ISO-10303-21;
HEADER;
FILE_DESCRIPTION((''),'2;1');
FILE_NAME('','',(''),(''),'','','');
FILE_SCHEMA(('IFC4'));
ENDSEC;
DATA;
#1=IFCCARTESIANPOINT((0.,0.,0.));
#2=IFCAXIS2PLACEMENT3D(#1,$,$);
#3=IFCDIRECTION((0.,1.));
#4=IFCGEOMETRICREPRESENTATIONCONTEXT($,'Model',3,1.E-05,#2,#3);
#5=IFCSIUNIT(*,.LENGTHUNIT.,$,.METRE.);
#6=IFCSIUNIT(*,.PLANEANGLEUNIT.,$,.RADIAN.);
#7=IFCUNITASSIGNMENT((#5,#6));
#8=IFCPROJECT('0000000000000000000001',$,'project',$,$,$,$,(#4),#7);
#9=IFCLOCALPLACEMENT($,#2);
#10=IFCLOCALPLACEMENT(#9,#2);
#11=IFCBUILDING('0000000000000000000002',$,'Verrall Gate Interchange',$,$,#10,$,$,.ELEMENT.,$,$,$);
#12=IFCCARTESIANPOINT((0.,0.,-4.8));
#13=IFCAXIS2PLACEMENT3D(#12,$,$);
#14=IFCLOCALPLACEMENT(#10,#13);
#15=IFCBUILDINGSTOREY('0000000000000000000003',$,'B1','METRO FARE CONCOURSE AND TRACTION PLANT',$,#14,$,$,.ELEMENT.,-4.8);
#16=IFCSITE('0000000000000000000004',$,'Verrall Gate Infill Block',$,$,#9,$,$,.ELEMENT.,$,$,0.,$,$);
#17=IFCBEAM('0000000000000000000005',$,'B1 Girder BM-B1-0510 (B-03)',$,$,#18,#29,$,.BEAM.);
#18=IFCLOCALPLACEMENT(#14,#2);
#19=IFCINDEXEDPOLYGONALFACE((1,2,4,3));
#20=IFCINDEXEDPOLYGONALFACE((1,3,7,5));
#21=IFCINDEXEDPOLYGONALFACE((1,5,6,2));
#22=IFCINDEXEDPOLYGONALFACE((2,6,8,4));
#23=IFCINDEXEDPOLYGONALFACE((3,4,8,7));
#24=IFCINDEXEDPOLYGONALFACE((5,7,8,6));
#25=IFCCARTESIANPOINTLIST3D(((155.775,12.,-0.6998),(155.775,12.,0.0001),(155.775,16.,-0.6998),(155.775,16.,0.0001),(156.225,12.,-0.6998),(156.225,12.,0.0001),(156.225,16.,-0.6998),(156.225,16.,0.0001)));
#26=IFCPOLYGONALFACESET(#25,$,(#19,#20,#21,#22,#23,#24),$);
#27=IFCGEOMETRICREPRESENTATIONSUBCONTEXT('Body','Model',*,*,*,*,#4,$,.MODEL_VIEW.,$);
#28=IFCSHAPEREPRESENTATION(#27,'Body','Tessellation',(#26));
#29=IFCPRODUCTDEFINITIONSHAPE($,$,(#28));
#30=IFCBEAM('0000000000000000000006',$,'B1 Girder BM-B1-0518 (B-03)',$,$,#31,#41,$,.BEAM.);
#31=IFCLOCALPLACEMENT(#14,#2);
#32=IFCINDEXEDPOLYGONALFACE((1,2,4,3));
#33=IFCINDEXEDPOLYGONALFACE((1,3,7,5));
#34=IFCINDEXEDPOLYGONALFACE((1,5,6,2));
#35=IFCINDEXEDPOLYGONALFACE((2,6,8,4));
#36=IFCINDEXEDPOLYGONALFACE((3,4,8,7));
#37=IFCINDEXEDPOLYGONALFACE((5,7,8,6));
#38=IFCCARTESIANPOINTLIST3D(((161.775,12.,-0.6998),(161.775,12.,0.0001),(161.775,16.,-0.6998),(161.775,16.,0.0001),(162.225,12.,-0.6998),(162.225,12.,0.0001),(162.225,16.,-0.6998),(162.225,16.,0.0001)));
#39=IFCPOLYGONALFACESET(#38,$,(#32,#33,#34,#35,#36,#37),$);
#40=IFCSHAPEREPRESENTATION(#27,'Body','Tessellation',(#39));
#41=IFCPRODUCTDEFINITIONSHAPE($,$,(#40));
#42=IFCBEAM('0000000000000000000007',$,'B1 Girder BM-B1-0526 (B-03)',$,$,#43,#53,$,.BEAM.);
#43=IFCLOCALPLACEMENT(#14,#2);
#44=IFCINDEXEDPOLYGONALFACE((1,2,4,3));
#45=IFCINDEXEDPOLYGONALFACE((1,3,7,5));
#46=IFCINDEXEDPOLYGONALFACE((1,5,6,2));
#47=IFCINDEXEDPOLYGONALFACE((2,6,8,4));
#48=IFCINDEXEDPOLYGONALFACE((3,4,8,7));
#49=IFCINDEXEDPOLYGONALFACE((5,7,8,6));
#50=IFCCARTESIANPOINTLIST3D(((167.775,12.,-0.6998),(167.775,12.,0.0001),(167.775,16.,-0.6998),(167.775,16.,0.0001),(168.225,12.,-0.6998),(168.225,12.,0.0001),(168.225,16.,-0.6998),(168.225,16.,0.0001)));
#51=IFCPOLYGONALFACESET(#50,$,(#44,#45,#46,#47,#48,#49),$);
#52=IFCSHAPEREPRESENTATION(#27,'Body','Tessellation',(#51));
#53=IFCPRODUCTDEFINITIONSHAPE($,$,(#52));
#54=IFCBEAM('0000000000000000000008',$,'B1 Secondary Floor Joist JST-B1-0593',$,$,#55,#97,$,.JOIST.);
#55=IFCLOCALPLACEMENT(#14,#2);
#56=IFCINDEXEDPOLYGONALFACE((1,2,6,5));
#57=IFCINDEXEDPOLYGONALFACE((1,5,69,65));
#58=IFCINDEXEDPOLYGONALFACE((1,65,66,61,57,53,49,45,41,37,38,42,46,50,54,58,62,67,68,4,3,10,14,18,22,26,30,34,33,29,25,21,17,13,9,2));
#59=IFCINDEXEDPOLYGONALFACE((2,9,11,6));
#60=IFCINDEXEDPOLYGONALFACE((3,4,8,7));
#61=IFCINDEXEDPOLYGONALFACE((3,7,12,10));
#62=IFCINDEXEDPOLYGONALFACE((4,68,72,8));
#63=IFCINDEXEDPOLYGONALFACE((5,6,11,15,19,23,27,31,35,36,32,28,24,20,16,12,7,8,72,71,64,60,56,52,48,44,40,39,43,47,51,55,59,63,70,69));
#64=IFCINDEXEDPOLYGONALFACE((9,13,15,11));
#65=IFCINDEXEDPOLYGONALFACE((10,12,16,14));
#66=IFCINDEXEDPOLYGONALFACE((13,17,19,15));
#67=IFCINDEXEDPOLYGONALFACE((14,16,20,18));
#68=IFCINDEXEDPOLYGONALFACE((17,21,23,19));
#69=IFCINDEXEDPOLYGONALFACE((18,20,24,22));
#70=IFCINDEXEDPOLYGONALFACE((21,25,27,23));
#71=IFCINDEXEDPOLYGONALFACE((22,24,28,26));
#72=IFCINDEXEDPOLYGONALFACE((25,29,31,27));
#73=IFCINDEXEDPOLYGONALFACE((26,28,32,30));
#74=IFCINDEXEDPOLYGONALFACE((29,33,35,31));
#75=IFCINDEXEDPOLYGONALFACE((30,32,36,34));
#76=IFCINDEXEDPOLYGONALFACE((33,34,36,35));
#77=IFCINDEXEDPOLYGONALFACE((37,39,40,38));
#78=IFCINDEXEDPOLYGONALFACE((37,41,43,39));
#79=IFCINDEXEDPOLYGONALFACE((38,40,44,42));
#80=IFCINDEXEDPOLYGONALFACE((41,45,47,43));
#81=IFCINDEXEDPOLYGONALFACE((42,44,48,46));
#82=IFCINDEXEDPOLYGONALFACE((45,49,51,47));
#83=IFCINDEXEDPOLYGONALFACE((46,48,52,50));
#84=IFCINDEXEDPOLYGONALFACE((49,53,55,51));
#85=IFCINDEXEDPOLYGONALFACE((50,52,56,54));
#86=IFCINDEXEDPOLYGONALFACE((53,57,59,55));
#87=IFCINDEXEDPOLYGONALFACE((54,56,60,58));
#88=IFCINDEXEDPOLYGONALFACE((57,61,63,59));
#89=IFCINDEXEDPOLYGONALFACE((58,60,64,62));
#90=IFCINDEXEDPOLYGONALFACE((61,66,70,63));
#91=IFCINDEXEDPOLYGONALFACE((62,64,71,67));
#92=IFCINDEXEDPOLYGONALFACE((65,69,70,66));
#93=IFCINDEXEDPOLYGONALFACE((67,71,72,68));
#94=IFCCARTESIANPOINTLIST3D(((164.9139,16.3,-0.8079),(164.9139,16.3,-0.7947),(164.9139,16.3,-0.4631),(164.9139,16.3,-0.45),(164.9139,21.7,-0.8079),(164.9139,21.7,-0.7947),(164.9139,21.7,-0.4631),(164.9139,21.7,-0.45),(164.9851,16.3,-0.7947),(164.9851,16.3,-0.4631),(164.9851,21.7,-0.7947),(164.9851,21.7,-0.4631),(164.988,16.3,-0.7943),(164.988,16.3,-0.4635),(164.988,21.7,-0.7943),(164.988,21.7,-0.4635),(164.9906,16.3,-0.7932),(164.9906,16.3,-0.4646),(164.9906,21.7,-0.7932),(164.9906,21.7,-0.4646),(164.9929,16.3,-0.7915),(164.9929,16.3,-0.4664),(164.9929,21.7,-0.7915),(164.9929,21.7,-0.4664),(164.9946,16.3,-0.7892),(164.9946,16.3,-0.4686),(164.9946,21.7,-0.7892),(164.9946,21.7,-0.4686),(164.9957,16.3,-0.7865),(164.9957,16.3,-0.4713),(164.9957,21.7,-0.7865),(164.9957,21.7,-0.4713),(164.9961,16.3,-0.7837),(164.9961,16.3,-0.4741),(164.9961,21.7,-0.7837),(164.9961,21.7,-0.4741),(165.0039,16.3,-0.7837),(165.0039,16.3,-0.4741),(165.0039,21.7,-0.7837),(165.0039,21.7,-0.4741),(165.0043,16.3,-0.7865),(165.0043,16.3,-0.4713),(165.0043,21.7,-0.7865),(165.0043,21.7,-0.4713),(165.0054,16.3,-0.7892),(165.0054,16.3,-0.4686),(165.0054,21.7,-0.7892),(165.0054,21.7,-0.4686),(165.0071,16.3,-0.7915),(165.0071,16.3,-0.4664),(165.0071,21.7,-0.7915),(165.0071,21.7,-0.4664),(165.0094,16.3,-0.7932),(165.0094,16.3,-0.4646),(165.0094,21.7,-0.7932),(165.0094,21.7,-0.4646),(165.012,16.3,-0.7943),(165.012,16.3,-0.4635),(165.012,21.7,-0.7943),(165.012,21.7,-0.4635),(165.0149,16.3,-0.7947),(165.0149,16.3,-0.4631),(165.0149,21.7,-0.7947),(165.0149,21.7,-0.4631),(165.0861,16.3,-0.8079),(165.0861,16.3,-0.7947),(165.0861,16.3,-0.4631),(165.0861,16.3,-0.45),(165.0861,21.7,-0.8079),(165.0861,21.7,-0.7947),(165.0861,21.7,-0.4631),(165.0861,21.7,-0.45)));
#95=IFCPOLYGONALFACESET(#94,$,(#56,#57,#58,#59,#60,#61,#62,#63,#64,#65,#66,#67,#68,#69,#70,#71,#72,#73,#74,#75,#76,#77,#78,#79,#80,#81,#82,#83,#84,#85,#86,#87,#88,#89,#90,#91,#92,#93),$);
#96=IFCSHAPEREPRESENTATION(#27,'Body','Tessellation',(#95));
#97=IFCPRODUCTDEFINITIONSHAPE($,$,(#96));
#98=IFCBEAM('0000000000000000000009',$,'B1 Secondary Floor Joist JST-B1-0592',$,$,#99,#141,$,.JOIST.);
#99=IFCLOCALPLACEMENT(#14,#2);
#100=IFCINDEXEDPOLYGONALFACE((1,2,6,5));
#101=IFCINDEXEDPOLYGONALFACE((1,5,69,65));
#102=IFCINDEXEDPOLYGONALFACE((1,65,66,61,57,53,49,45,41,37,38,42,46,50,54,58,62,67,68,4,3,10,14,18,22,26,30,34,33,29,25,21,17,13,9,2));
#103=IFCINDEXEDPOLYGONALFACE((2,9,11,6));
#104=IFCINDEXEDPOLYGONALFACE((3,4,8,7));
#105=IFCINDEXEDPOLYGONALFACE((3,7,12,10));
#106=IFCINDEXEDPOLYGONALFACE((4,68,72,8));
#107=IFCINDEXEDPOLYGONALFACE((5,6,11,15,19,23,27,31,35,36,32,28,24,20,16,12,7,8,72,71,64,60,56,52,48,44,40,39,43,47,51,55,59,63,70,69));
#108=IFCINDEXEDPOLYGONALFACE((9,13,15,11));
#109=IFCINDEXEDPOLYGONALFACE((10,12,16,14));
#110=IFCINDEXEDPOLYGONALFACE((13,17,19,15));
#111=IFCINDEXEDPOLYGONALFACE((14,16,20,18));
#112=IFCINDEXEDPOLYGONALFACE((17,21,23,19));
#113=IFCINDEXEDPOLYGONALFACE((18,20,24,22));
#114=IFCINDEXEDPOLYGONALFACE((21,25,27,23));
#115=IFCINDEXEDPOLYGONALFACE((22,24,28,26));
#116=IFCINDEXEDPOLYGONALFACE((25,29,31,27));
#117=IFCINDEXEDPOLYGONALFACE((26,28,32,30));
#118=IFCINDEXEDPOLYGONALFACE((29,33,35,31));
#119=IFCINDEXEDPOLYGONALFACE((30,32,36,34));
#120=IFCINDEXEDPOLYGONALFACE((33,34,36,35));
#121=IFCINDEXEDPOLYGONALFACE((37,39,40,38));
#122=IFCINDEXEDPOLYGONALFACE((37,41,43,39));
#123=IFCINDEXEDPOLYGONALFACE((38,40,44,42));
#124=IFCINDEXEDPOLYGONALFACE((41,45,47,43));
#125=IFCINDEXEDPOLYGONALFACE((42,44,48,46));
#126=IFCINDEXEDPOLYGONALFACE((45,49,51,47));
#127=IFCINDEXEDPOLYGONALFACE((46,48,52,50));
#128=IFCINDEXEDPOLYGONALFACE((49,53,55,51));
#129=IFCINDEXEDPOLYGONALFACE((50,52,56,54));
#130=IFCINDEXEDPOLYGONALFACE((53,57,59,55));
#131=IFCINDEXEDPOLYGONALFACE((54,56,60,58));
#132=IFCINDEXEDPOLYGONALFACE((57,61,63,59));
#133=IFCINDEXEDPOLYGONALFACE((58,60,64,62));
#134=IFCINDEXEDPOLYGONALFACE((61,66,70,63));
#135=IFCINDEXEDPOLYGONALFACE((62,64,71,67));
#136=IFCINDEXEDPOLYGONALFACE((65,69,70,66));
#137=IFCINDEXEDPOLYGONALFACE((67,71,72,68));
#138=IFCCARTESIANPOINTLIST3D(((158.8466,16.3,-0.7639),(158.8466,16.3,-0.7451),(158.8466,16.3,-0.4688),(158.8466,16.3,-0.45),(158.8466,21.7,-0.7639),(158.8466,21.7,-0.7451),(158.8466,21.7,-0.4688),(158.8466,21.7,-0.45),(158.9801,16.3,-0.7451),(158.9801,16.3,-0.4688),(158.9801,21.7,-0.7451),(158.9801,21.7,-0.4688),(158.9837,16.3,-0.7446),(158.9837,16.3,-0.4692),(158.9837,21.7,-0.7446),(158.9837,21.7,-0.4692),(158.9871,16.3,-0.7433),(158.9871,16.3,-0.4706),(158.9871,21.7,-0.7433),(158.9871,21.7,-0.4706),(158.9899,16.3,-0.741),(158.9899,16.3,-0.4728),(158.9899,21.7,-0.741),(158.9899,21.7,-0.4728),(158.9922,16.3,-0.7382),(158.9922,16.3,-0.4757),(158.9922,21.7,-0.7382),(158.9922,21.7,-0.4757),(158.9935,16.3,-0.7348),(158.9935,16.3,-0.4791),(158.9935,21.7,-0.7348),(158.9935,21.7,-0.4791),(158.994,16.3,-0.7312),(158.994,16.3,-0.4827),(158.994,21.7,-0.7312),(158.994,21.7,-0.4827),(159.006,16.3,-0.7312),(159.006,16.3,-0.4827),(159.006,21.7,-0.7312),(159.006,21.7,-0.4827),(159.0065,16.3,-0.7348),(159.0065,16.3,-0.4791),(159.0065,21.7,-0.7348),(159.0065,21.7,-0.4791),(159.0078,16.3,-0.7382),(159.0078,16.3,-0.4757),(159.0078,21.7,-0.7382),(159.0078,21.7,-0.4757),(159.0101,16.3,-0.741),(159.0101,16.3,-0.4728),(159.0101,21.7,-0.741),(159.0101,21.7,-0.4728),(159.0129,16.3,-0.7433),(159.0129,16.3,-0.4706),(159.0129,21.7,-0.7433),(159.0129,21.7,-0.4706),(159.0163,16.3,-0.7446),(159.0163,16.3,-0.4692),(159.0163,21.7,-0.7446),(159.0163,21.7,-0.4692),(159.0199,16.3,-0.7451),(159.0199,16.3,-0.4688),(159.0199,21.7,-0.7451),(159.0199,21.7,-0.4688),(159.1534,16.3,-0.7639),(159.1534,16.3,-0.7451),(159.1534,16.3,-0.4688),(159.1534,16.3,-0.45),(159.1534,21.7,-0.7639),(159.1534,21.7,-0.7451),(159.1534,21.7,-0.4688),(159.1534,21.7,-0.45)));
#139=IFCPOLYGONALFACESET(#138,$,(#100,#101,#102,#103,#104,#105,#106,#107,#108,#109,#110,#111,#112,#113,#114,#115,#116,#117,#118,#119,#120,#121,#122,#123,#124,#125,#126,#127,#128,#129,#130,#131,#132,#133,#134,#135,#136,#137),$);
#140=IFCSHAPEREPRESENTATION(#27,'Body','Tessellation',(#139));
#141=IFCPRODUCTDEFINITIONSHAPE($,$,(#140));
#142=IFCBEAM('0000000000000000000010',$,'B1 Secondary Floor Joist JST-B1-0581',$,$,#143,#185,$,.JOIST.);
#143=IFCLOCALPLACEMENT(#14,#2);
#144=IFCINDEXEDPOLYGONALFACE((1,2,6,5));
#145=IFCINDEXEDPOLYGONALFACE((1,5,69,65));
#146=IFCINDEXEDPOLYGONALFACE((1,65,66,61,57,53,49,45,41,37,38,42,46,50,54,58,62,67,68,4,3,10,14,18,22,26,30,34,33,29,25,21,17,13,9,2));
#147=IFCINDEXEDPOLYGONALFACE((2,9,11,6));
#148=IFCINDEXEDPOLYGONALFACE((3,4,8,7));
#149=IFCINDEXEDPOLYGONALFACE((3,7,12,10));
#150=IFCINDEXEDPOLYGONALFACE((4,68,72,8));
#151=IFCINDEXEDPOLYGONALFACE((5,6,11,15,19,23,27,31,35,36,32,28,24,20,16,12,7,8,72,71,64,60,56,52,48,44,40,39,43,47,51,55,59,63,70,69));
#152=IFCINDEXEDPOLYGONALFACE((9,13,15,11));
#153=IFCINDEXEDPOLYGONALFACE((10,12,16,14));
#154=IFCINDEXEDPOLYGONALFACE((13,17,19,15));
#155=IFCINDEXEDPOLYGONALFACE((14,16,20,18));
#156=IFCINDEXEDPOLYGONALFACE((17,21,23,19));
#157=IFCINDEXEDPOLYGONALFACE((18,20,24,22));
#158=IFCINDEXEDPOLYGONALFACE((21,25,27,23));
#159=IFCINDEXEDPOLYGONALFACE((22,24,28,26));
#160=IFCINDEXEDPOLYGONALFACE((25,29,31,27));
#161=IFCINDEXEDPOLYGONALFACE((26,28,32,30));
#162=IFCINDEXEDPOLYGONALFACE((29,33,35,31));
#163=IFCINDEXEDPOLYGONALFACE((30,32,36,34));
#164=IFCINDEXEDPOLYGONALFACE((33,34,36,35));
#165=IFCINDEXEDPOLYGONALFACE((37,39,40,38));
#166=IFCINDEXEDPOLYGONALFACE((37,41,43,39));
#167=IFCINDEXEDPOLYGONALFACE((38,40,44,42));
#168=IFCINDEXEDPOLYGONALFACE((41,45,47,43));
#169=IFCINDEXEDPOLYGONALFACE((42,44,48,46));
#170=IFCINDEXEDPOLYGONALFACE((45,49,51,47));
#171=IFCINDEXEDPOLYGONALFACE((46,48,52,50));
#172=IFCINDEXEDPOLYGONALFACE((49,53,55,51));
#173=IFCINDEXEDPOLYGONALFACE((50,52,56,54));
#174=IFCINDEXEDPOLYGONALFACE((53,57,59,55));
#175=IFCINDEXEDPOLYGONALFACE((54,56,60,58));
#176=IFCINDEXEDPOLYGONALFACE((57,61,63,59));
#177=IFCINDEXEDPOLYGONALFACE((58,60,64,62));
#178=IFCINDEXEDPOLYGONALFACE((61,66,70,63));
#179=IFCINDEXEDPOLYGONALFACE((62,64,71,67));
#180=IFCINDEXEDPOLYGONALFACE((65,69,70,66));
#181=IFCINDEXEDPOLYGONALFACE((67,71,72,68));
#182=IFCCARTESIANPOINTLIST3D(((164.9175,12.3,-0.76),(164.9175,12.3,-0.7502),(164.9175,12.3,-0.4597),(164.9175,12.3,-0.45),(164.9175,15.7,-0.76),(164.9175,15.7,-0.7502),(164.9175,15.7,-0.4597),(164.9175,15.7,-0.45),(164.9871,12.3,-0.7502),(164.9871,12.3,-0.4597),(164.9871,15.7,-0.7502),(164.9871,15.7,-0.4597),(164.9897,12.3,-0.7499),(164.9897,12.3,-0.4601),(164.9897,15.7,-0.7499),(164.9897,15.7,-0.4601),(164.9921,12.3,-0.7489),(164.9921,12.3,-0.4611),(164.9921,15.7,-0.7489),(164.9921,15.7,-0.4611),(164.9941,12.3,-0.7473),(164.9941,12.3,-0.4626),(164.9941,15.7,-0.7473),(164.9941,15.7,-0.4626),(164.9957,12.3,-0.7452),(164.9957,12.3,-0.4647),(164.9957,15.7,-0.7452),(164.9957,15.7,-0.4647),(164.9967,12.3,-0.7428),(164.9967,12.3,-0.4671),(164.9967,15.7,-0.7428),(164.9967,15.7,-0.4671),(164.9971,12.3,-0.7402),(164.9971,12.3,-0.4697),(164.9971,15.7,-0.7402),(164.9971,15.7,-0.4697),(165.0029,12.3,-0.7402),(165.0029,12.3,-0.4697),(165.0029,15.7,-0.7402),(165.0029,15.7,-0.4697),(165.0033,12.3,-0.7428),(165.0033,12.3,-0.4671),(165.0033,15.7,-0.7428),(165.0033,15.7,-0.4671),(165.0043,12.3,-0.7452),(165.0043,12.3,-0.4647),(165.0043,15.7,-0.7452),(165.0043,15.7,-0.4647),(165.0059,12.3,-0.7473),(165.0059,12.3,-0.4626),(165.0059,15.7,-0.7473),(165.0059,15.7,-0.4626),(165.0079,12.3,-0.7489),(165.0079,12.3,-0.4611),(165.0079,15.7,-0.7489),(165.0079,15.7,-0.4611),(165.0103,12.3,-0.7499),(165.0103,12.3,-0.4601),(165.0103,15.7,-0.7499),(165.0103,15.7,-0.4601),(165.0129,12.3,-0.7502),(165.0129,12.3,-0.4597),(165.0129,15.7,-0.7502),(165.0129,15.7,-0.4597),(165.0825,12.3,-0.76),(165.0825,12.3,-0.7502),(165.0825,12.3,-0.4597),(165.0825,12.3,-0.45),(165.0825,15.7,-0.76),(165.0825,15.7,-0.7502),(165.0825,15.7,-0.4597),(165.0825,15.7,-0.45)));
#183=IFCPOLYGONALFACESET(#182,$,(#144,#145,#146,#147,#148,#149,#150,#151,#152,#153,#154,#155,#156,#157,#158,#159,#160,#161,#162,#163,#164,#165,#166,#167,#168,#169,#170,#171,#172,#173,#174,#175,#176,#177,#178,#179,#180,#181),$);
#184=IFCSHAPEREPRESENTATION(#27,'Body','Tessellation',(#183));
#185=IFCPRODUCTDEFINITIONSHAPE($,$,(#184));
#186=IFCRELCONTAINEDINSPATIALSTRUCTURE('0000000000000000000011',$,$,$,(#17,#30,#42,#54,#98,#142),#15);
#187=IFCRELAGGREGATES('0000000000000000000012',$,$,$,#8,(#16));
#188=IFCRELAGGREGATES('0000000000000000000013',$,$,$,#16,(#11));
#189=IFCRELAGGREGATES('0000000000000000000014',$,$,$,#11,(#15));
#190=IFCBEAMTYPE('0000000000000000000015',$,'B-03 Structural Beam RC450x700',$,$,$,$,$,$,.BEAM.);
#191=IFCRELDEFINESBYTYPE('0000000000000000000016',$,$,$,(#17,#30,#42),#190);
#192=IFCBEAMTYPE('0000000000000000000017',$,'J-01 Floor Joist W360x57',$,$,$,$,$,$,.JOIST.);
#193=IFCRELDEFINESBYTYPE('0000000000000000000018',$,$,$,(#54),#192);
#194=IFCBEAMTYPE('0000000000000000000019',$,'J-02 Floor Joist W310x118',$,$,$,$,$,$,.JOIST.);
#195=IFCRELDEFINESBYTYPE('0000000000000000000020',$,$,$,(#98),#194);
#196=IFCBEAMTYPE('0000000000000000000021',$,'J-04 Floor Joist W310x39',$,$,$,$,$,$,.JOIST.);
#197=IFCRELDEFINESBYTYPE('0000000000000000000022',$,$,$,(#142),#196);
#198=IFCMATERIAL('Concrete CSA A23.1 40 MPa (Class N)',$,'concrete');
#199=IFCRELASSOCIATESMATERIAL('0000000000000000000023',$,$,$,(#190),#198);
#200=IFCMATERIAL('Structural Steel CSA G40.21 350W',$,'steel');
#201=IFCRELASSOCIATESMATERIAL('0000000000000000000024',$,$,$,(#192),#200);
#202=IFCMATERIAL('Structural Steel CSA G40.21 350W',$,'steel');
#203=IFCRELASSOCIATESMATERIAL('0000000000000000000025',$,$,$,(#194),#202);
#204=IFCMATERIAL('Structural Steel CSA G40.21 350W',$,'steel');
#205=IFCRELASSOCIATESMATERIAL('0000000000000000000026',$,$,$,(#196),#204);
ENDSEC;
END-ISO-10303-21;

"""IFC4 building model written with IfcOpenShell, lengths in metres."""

from ifc_helpers import new_model, si_unit, direction, frame, origin, origin_2d, place, context, subcontext, project, spatial, rectangle, i_section, extrude, material, material_profile, profile_set, type_object, element, save


model = new_model("IFC4")

# Units and contexts
model_context = context("Model", 3, precision=1e-05, world=origin(), true_north=direction((0.0, 1.0)))
body_context = subcontext(model_context, "Body", "Model", "MODEL_VIEW")
ifc_project = project(units=[si_unit("LENGTHUNIT", "METRE"), si_unit("PLANEANGLEUNIT", "RADIAN")], contexts=[model_context])

# Site, building, storey
site_placement = place(None, origin())
site = spatial("IfcSite", under=ifc_project, at=site_placement, Name="Verrall Gate Infill Block", CompositionType="ELEMENT", RefElevation=0.0)
building_placement = place(site_placement, origin())
building = spatial("IfcBuilding", under=site, at=building_placement, Name="Verrall Gate Interchange", CompositionType="ELEMENT")
storey_placement = place(building_placement, frame((0.0, 0.0, -4.8)))
storey = spatial("IfcBuildingStorey", under=building, at=storey_placement, Name="B1", Description="METRO FARE CONCOURSE AND TRACTION PLANT", CompositionType="ELEMENT", Elevation=-4.8)

# Beams
ifc_material_1 = material(Name="Concrete CSA A23.1 40 MPa (Class N)", Category="concrete")
ifc_material_profile_1 = material_profile(ifc_material_1, rectangle(XDim=0.45, YDim=0.7, at=origin_2d()), Name="RC450x700")
ifc_profile_set_1 = profile_set([ifc_material_profile_1], Name="Concrete CSA A23.1 40 MPa (Class N)")
beam_type_1 = type_object("IfcBeamType", Name="B-03 Structural Beam RC450x700", PredefinedType="BEAM", material=ifc_profile_set_1)
for number, where, z_axis, x_axis, name in (
    (1, (156.0, 12.0, -0.3499), (0.0, 1.0, 0.0), (-1.0, 0.0, 0.0), "B1 Girder BM-B1-0510 (B-03)"),
    (2, (162.0, 12.0, -0.3499), (0.0, 1.0, 0.0), (-1.0, 0.0, 0.0), "B1 Girder BM-B1-0518 (B-03)"),
    (3, (168.0, 12.0, -0.3499), (0.0, 1.0, 0.0), (-1.0, 0.0, 0.0), "B1 Girder BM-B1-0526 (B-03)"),
):
    element("IfcBeam", number, at=place(storey_placement, frame(where, z_axis=z_axis, x_axis=x_axis)), inside=storey, type_object=beam_type_1, Name=name, PredefinedType="BEAM", context=body_context, shape_type="SweptSolid", body=[
        extrude(rectangle(XDim=0.45, YDim=0.7, at=origin_2d()), origin(), (0.0, 0.0, 1.0), 4.0),
    ])
ifc_material_2 = material(Name="Structural Steel CSA G40.21 350W", Category="steel")
ifc_material_profile_2 = material_profile(ifc_material_2, i_section(OverallWidth=0.1721, OverallDepth=0.3579, WebThickness=0.0078, FlangeThickness=0.0132, FilletRadius=0.011, at=origin_2d()), Name="W360x57")
ifc_profile_set_2 = profile_set([ifc_material_profile_2], Name="Structural Steel CSA G40.21 350W")
beam_type_2 = type_object("IfcBeamType", Name="J-01 Floor Joist W360x57", PredefinedType="JOIST", material=ifc_profile_set_2)
beam_1_placement = place(storey_placement, frame((165.0, 16.3, -0.6289), z_axis=(0.0, 1.0, 0.0), x_axis=(-1.0, 0.0, 0.0)))
element("IfcBeam", 4, at=beam_1_placement, inside=storey, type_object=beam_type_2, Name="B1 Secondary Floor Joist JST-B1-0593", PredefinedType="JOIST", context=body_context, shape_type="SweptSolid", body=[
    extrude(i_section(OverallWidth=0.1721, OverallDepth=0.3579, WebThickness=0.0078, FlangeThickness=0.0132, FilletRadius=0.011, at=origin_2d()), origin(), (0.0, 0.0, 1.0), 5.3999),
])
ifc_material_3 = material(Name="Structural Steel CSA G40.21 350W", Category="steel")
ifc_material_profile_3 = material_profile(ifc_material_3, i_section(OverallWidth=0.3069, OverallDepth=0.314, WebThickness=0.012, FlangeThickness=0.0188, FilletRadius=0.0139, at=origin_2d()), Name="W310x118")
ifc_profile_set_3 = profile_set([ifc_material_profile_3], Name="Structural Steel CSA G40.21 350W")
beam_type_3 = type_object("IfcBeamType", Name="J-02 Floor Joist W310x118", PredefinedType="JOIST", material=ifc_profile_set_3)
beam_2_placement = place(storey_placement, frame((159.0, 16.3, -0.6069), z_axis=(0.0, 1.0, 0.0), x_axis=(-1.0, 0.0, 0.0)))
element("IfcBeam", 5, at=beam_2_placement, inside=storey, type_object=beam_type_3, Name="B1 Secondary Floor Joist JST-B1-0592", PredefinedType="JOIST", context=body_context, shape_type="SweptSolid", body=[
    extrude(i_section(OverallWidth=0.3069, OverallDepth=0.314, WebThickness=0.012, FlangeThickness=0.0188, FilletRadius=0.0139, at=origin_2d()), origin(), (0.0, 0.0, 1.0), 5.3999),
])
ifc_material_4 = material(Name="Structural Steel CSA G40.21 350W", Category="steel")
ifc_material_profile_4 = material_profile(ifc_material_4, i_section(OverallWidth=0.165, OverallDepth=0.3101, WebThickness=0.0059, FlangeThickness=0.0098, FilletRadius=0.01, at=origin_2d()), Name="W310x39")
ifc_profile_set_4 = profile_set([ifc_material_profile_4], Name="Structural Steel CSA G40.21 350W")
beam_type_4 = type_object("IfcBeamType", Name="J-04 Floor Joist W310x39", PredefinedType="JOIST", material=ifc_profile_set_4)
beam_3_placement = place(storey_placement, frame((165.0, 12.3, -0.605), z_axis=(0.0, 1.0, 0.0), x_axis=(-1.0, 0.0, 0.0)))
element("IfcBeam", 6, at=beam_3_placement, inside=storey, type_object=beam_type_4, Name="B1 Secondary Floor Joist JST-B1-0581", PredefinedType="JOIST", context=body_context, shape_type="SweptSolid", body=[
    extrude(i_section(OverallWidth=0.165, OverallDepth=0.3101, WebThickness=0.0059, FlangeThickness=0.0098, FilletRadius=0.01, at=origin_2d()), origin(), (0.0, 0.0, 1.0), 3.3999),
])

save(model, "model.ifc")
